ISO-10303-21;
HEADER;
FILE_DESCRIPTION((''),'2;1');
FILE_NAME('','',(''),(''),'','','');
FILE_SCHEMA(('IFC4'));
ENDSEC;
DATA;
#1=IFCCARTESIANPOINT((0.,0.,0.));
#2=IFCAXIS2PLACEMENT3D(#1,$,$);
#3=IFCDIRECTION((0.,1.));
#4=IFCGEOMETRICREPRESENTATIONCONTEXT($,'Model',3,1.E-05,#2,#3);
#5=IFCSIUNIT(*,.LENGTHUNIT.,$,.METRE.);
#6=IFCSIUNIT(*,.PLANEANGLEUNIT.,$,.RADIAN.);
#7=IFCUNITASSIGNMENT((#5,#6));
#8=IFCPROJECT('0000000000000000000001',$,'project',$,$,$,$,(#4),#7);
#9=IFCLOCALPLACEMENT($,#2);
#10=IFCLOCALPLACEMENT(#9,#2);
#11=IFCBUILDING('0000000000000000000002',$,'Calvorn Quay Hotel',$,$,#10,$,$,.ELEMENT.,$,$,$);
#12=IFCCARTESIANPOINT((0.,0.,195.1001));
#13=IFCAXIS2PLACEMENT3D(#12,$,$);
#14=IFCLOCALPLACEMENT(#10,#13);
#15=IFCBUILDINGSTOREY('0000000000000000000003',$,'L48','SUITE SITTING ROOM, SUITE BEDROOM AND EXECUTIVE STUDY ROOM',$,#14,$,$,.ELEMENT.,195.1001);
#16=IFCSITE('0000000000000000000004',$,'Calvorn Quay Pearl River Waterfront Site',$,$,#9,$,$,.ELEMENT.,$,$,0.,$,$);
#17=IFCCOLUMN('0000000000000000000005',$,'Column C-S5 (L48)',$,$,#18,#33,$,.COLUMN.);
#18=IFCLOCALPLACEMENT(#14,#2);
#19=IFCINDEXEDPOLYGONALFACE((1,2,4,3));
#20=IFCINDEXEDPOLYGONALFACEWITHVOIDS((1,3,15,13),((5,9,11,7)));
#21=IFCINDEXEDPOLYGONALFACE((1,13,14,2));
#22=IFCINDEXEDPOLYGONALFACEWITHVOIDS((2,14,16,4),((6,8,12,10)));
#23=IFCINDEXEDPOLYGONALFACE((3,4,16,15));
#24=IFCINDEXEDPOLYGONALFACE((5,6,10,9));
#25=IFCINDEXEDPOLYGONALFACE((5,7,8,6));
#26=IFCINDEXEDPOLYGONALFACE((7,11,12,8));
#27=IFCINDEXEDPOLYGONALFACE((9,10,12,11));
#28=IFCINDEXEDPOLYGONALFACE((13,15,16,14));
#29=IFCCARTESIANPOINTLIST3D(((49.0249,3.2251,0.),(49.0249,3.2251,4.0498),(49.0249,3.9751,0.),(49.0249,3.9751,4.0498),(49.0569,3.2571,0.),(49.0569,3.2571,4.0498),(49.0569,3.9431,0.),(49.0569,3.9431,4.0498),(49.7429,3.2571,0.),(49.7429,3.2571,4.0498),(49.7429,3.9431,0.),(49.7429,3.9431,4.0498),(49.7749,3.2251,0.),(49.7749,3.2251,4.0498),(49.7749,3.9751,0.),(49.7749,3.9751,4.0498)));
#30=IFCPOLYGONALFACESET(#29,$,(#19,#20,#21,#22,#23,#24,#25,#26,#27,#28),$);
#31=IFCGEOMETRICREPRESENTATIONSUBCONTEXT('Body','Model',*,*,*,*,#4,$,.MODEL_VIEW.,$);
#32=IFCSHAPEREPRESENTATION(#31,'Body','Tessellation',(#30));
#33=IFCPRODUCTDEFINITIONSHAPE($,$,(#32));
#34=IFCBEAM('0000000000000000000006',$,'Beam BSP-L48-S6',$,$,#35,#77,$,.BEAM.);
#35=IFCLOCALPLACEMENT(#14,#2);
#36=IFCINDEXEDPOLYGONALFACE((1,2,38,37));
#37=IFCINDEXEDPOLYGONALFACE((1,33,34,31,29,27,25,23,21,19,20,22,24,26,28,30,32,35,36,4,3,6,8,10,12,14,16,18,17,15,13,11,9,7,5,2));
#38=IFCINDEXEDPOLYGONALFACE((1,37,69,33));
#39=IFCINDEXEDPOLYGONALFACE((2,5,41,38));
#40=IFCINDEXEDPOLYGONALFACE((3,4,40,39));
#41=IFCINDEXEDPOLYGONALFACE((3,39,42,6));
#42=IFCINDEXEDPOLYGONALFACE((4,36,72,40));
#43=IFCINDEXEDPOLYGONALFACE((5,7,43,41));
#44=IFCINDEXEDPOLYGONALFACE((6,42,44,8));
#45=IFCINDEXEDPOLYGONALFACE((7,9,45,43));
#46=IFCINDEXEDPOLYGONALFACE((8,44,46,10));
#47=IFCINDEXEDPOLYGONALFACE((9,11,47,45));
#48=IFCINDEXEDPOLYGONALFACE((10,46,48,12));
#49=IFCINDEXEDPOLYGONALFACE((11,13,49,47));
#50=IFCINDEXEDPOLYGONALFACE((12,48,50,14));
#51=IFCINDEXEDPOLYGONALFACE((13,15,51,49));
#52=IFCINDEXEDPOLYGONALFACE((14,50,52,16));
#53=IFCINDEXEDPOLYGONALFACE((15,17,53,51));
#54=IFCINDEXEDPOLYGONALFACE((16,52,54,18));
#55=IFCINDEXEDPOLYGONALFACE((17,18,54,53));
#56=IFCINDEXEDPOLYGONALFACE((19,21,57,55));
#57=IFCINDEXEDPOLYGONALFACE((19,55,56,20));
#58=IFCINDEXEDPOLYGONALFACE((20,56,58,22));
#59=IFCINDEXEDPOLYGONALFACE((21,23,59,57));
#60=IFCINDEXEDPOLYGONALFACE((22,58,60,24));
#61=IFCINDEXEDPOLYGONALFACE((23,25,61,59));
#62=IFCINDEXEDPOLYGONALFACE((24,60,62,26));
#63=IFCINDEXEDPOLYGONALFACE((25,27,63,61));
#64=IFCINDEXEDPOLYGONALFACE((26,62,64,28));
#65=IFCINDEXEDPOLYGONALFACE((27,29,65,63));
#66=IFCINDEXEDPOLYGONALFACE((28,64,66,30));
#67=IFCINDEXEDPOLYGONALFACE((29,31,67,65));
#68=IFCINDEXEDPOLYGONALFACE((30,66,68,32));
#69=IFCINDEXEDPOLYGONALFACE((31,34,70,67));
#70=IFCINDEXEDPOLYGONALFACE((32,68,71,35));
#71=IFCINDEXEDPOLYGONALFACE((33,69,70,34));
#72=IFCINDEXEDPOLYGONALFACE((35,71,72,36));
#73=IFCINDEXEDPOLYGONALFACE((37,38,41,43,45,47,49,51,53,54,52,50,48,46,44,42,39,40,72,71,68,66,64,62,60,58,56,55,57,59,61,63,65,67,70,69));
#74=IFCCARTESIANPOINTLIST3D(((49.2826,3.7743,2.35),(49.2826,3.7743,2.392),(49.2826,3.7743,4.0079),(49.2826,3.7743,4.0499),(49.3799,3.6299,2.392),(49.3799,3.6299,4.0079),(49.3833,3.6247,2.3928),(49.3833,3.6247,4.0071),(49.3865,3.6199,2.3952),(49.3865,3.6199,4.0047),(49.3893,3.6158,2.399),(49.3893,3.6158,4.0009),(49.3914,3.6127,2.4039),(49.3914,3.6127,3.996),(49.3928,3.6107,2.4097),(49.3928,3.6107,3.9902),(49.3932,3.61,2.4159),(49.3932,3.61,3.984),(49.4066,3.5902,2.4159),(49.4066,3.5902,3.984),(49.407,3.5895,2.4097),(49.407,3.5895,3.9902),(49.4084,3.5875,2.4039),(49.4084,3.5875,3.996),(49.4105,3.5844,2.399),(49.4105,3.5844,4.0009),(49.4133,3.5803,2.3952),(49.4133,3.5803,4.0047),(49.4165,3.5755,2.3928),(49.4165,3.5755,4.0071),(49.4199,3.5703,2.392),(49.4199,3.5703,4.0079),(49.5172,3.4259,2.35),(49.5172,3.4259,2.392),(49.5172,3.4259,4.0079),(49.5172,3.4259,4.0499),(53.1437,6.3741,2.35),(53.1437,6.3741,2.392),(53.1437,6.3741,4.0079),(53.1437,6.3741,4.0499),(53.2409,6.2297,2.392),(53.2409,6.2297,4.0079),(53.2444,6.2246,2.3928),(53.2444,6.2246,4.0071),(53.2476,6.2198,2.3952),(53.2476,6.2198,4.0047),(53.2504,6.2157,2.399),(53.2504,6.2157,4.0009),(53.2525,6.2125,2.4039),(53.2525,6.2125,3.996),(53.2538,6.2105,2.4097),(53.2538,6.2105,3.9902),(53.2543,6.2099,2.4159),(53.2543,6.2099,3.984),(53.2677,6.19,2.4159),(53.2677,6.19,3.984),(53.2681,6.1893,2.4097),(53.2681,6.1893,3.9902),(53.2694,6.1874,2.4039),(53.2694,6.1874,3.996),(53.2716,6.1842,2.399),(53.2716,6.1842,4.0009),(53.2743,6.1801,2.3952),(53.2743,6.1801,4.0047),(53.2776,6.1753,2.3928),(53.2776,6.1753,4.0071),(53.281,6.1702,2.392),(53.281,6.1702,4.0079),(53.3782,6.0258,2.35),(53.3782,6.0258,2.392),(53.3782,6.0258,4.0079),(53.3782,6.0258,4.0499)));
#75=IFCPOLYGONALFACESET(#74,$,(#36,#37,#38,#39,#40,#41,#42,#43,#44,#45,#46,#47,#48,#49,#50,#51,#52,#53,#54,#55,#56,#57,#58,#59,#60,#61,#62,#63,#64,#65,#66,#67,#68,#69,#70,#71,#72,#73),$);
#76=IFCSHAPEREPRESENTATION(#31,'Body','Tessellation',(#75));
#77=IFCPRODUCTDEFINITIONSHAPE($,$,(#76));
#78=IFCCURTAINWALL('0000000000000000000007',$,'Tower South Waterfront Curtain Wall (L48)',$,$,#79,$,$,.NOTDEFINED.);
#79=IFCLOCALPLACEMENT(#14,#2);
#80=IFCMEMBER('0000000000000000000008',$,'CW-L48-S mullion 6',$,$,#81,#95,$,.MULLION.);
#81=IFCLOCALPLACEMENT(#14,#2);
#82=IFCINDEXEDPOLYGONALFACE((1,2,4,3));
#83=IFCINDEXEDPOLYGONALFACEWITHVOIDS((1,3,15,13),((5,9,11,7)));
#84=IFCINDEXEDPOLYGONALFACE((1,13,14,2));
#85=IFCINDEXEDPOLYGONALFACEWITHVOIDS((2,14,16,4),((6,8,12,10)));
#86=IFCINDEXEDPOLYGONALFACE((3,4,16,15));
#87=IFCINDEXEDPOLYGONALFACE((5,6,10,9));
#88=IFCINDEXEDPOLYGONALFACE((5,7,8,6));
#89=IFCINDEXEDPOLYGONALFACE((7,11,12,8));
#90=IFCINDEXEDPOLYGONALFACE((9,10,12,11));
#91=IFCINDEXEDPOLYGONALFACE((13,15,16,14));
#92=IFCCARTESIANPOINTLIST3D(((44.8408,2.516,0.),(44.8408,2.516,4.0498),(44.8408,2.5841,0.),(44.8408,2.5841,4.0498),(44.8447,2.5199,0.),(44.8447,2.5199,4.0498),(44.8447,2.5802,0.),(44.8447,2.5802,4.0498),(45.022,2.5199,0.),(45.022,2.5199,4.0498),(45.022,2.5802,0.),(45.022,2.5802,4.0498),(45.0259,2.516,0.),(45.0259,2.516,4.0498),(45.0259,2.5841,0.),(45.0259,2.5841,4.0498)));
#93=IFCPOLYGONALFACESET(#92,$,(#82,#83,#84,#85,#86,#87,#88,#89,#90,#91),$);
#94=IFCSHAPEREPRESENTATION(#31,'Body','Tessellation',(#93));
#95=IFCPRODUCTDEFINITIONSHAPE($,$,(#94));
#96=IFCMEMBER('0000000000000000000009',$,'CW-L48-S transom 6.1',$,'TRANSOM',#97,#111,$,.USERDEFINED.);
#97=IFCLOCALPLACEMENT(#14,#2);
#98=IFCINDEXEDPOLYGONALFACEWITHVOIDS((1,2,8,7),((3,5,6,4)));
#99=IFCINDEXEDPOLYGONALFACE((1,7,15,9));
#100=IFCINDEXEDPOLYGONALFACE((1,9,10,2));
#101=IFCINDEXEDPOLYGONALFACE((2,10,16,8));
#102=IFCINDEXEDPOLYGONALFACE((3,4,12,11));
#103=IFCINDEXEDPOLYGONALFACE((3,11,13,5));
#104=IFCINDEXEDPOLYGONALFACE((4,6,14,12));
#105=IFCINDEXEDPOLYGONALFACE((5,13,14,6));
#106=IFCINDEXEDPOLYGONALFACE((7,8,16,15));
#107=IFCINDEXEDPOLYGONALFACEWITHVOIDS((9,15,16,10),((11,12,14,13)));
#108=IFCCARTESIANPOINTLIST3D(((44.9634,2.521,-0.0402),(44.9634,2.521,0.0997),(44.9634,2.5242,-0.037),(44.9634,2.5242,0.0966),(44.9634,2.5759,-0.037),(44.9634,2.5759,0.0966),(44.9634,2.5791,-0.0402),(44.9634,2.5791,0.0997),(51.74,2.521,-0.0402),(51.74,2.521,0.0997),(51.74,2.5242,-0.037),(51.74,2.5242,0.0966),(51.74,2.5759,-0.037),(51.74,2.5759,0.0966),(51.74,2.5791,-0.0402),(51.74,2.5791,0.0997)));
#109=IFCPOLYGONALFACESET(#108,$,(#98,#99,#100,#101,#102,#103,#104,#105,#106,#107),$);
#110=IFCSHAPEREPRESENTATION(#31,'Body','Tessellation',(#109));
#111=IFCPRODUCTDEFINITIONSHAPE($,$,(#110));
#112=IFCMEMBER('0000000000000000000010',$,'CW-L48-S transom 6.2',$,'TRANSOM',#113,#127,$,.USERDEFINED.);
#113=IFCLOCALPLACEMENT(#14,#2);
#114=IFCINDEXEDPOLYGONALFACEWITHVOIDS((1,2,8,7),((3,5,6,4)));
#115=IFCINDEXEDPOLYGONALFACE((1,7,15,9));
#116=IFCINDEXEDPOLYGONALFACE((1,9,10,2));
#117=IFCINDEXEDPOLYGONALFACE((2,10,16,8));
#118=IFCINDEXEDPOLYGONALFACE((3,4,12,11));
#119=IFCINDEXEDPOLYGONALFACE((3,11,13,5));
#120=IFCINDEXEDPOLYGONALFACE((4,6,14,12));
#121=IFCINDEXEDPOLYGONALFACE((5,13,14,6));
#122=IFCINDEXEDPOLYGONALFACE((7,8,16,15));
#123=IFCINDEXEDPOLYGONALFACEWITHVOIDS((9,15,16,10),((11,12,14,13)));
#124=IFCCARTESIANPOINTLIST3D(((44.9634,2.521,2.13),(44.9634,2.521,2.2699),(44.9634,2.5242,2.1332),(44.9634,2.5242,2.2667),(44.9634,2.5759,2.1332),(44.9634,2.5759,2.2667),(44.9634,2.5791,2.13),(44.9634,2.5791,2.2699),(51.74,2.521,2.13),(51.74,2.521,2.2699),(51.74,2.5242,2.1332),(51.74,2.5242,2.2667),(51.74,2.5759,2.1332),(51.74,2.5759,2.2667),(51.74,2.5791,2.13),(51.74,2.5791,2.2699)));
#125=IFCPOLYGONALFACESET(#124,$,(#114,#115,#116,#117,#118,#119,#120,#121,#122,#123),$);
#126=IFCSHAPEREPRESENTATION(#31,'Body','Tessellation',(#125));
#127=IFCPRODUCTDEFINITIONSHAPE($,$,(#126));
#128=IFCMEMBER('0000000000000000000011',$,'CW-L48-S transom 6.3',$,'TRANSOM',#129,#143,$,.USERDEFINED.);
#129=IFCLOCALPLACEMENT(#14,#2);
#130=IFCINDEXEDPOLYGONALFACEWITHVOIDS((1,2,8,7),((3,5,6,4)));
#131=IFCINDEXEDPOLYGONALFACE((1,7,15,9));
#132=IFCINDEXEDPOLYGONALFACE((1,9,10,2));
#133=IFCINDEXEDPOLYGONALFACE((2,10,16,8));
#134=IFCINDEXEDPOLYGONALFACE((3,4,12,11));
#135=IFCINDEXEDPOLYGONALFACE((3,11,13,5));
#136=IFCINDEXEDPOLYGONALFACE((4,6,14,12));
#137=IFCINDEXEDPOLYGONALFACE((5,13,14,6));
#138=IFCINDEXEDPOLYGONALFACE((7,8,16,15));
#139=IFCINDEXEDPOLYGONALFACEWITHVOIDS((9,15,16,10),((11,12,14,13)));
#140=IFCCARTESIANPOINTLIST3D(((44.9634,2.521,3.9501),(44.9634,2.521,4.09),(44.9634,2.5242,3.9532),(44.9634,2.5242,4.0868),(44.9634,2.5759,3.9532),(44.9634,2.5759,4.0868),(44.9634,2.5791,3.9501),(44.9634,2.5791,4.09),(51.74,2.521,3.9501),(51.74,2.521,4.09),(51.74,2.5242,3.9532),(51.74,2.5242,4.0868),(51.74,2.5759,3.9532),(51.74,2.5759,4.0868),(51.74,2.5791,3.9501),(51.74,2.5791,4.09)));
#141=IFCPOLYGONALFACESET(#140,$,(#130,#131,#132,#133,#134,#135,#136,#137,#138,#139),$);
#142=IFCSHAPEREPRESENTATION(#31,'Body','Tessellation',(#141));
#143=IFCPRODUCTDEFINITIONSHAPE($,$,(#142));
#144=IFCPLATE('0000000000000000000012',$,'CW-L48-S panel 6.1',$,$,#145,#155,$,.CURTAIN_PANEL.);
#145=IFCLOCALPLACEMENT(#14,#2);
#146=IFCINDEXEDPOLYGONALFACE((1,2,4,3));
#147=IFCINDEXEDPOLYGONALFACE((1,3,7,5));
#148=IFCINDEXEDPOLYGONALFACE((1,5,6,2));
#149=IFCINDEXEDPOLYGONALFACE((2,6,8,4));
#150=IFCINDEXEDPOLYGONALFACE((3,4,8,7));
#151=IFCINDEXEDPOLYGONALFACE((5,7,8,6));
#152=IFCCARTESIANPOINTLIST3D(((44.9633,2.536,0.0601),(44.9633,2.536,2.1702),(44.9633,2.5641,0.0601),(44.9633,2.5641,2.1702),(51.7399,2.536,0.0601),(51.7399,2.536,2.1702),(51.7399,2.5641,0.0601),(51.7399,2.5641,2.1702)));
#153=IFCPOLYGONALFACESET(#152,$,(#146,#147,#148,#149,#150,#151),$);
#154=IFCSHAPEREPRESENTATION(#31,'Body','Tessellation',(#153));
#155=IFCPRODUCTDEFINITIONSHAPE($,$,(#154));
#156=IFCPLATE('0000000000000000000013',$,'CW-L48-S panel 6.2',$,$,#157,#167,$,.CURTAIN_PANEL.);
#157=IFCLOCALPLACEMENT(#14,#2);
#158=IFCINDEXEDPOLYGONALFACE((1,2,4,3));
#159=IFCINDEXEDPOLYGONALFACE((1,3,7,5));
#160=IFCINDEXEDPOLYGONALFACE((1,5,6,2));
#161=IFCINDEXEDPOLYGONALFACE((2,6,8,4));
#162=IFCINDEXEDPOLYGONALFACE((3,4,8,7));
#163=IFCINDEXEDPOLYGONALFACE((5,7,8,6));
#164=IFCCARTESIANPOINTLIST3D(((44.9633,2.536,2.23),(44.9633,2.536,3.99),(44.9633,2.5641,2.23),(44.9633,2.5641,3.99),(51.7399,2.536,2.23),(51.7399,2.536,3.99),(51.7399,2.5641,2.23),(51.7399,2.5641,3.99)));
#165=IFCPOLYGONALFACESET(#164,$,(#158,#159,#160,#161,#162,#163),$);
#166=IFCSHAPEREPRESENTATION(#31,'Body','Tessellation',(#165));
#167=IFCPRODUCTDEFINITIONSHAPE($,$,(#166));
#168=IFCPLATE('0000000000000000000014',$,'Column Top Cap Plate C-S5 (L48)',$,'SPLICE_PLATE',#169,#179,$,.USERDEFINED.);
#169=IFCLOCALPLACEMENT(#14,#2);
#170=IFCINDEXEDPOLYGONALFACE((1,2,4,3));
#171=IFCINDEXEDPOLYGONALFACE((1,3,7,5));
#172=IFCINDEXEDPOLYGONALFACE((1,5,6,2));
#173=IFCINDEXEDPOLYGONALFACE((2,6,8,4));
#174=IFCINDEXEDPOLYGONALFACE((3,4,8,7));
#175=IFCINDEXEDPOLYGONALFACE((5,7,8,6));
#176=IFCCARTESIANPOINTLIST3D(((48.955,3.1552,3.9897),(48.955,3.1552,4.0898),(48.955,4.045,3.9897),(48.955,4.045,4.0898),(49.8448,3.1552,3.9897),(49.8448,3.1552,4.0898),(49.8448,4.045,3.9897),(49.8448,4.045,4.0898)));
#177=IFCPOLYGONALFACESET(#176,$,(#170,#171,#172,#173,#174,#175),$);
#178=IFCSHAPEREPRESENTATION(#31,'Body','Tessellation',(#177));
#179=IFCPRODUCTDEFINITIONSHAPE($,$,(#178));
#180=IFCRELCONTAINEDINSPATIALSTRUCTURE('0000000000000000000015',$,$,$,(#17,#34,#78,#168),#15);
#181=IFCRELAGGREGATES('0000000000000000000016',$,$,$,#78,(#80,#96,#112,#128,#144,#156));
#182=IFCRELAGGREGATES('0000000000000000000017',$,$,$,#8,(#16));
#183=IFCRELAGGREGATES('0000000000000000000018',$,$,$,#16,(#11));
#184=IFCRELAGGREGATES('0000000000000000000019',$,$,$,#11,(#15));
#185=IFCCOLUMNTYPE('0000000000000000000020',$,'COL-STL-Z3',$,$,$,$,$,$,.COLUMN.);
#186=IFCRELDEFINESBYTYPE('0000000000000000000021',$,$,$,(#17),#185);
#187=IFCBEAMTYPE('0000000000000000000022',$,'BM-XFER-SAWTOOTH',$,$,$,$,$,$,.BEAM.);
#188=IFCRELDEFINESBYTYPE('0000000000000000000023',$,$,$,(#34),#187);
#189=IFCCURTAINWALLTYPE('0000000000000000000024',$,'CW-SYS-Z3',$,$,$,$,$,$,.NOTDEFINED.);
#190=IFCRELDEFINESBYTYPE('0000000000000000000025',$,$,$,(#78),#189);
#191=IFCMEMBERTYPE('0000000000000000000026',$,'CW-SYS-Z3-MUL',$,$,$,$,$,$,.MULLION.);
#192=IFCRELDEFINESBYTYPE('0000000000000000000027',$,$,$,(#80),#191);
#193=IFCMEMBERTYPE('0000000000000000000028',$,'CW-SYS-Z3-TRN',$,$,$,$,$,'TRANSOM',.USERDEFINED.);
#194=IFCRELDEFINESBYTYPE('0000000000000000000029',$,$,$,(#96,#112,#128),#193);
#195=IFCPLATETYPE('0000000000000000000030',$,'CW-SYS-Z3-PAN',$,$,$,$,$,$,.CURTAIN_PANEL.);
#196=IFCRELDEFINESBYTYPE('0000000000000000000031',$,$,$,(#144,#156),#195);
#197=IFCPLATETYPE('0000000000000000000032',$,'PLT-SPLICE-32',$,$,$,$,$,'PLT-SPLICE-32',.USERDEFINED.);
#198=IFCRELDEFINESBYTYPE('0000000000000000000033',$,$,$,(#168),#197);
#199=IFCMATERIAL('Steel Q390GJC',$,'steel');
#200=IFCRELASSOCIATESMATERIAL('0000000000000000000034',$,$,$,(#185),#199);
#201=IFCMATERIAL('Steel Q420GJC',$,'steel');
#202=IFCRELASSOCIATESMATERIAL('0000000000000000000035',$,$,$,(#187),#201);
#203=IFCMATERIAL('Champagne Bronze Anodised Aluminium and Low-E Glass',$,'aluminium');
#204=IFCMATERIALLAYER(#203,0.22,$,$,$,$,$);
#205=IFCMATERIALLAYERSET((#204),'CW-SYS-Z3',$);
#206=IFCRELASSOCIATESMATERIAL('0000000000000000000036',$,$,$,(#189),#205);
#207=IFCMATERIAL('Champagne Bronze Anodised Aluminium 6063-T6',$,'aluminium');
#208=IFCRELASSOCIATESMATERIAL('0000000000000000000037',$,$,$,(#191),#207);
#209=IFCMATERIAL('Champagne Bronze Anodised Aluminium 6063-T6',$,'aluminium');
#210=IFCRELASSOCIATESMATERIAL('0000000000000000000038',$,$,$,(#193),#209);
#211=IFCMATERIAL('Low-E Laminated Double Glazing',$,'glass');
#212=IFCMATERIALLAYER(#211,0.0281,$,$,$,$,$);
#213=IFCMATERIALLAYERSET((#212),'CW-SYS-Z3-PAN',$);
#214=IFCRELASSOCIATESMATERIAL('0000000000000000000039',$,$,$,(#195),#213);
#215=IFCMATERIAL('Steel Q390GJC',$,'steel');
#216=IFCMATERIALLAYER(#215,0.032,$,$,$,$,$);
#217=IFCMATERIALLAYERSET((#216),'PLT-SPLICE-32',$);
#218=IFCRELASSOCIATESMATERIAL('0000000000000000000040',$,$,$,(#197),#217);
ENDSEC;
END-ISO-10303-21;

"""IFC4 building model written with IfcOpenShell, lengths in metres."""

from ifc_helpers import new_model, si_unit, direction, frame, origin, origin_2d, place, context, subcontext, project, spatial, rectangle, hollow_rectangle, i_section, extrude, material, layer, layer_set, material_profile, profile_set, type_object, element, aggregate, save


model = new_model("IFC4")

# Units and contexts
model_context = context("Model", 3, precision=1e-05, world=origin(), true_north=direction((0.0, 1.0)))
body_context = subcontext(model_context, "Body", "Model", "MODEL_VIEW")
ifc_project = project(units=[si_unit("LENGTHUNIT", "METRE"), si_unit("PLANEANGLEUNIT", "RADIAN")], contexts=[model_context])

# Site, building, storey
site_placement = place(None, origin())
site = spatial("IfcSite", under=ifc_project, at=site_placement, Name="Calvorn Quay Pearl River Waterfront Site", CompositionType="ELEMENT", RefElevation=0.0)
building_placement = place(site_placement, origin())
building = spatial("IfcBuilding", under=site, at=building_placement, Name="Calvorn Quay Hotel", CompositionType="ELEMENT")
storey_placement = place(building_placement, frame((0.0, 0.0, 195.1001)))
storey = spatial("IfcBuildingStorey", under=building, at=storey_placement, Name="L48", Description="SUITE SITTING ROOM, SUITE BEDROOM AND EXECUTIVE STUDY ROOM", CompositionType="ELEMENT", Elevation=195.1001)

# Column
ifc_material_1 = material(Name="Steel Q390GJC", Category="steel")
ifc_material_profile_1 = material_profile(ifc_material_1, hollow_rectangle(XDim=0.75, YDim=0.75, WallThickness=0.032, at=origin_2d()), Name="BOX750x750x32")
ifc_profile_set_1 = profile_set([ifc_material_profile_1], Name="Steel Q390GJC")
column_type = type_object("IfcColumnType", Name="COL-STL-Z3", PredefinedType="COLUMN", material=ifc_profile_set_1)
column_placement = place(storey_placement, frame((49.3999, 3.6001, 0.0), z_axis=(0.0, 0.0, 1.0), x_axis=(1.0, 0.0, 0.0)))
element("IfcColumn", 1, at=column_placement, inside=storey, type_object=column_type, Name="Column C-S5 (L48)", PredefinedType="COLUMN", context=body_context, shape_type="SweptSolid", body=[
    extrude(hollow_rectangle(XDim=0.75, YDim=0.75, WallThickness=0.032, at=origin_2d()), origin(), (0.0, 0.0, 1.0), 4.0498),
])

# Beam
ifc_material_2 = material(Name="Steel Q420GJC", Category="steel")
ifc_material_profile_2 = material_profile(ifc_material_2, i_section(OverallWidth=0.4199, OverallDepth=1.7, WebThickness=0.0239, FlangeThickness=0.042, FilletRadius=0.0239, at=origin_2d()), Name="HN1700x420x24x42")
ifc_profile_set_2 = profile_set([ifc_material_profile_2], Name="Steel Q420GJC")
beam_type = type_object("IfcBeamType", Name="BM-XFER-SAWTOOTH", PredefinedType="BEAM", material=ifc_profile_set_2)
beam_placement = place(storey_placement, frame((49.3999, 3.6001, 3.2), z_axis=(0.829484, 0.558531, 0.0), x_axis=(-0.558531, 0.829484, 0.0)))
element("IfcBeam", 2, at=beam_placement, inside=storey, type_object=beam_type, Name="Beam BSP-L48-S6", PredefinedType="BEAM", context=body_context, shape_type="SweptSolid", body=[
    extrude(i_section(OverallWidth=0.4199, OverallDepth=1.7, WebThickness=0.0239, FlangeThickness=0.042, FilletRadius=0.0239, at=origin_2d()), origin(), (0.0, 0.0, 1.0), 4.6548),
])

# Curtain wall, members, plates
ifc_material_3 = material(Name="Champagne Bronze Anodised Aluminium and Low-E Glass", Category="aluminium")
ifc_layer_1 = layer(ifc_material_3, 0.22)
ifc_layer_set_1 = layer_set([ifc_layer_1], Name="CW-SYS-Z3")
curtain_wall_type = type_object("IfcCurtainWallType", Name="CW-SYS-Z3", PredefinedType="NOTDEFINED", material=ifc_layer_set_1)
curtain_wall_placement = place(storey_placement, origin())
curtain_wall = element("IfcCurtainWall", 3, at=curtain_wall_placement, inside=storey, type_object=curtain_wall_type, Name="Tower South Waterfront Curtain Wall (L48)", PredefinedType="NOTDEFINED")
ifc_material_4 = material(Name="Champagne Bronze Anodised Aluminium 6063-T6", Category="aluminium")
ifc_material_profile_3 = material_profile(ifc_material_4, hollow_rectangle(XDim=0.0681, YDim=0.1851, WallThickness=0.0039, at=origin_2d()), Name="ALU-M185x68x4")
ifc_profile_set_3 = profile_set([ifc_material_profile_3], Name="Champagne Bronze Anodised Aluminium 6063-T6")
member_type_1 = type_object("IfcMemberType", Name="CW-SYS-Z3-MUL", PredefinedType="MULLION", material=ifc_profile_set_3)
member_1_placement = place(storey_placement, frame((44.9333, 2.55, 0.0), z_axis=(0.0, 0.0, 1.0), x_axis=(0.0, 1.0, 0.0)))
member_1 = element("IfcMember", 4, at=member_1_placement, type_object=member_type_1, Name="CW-L48-S mullion 6", PredefinedType="MULLION", context=body_context, shape_type="SweptSolid", body=[
    extrude(hollow_rectangle(XDim=0.0681, YDim=0.1851, WallThickness=0.0039, at=origin_2d()), origin(), (0.0, 0.0, 1.0), 4.0498),
])
ifc_material_5 = material(Name="Champagne Bronze Anodised Aluminium 6063-T6", Category="aluminium")
ifc_material_profile_4 = material_profile(ifc_material_5, hollow_rectangle(XDim=0.0581, YDim=0.1399, WallThickness=0.0032, at=origin_2d()), Name="ALU-T140x58x3.2")
ifc_profile_set_4 = profile_set([ifc_material_profile_4], Name="Champagne Bronze Anodised Aluminium 6063-T6")
member_type_2 = type_object("IfcMemberType", Name="CW-SYS-Z3-TRN", ElementType="TRANSOM", PredefinedType="USERDEFINED", material=ifc_profile_set_4)
member_2_placement = place(storey_placement, frame((44.9634, 2.55, 0.0298), z_axis=(1.0, 0.0, 0.0), x_axis=(0.0, 1.0, 0.0)))
member_2 = element("IfcMember", 5, at=member_2_placement, type_object=member_type_2, Name="CW-L48-S transom 6.1", ObjectType="TRANSOM", PredefinedType="USERDEFINED", context=body_context, shape_type="SweptSolid", body=[
    extrude(hollow_rectangle(XDim=0.0581, YDim=0.1399, WallThickness=0.0032, at=origin_2d()), origin(), (0.0, 0.0, 1.0), 6.7766),
])
member_3_placement = place(storey_placement, frame((44.9634, 2.55, 2.2), z_axis=(1.0, 0.0, 0.0), x_axis=(0.0, 1.0, 0.0)))
member_3 = element("IfcMember", 6, at=member_3_placement, type_object=member_type_2, Name="CW-L48-S transom 6.2", ObjectType="TRANSOM", PredefinedType="USERDEFINED", context=body_context, shape_type="SweptSolid", body=[
    extrude(hollow_rectangle(XDim=0.0581, YDim=0.1399, WallThickness=0.0032, at=origin_2d()), origin(), (0.0, 0.0, 1.0), 6.7766),
])
member_4_placement = place(storey_placement, frame((44.9634, 2.55, 4.02), z_axis=(1.0, 0.0, 0.0), x_axis=(0.0, 1.0, 0.0)))
member_4 = element("IfcMember", 7, at=member_4_placement, type_object=member_type_2, Name="CW-L48-S transom 6.3", ObjectType="TRANSOM", PredefinedType="USERDEFINED", context=body_context, shape_type="SweptSolid", body=[
    extrude(hollow_rectangle(XDim=0.0581, YDim=0.1399, WallThickness=0.0032, at=origin_2d()), origin(), (0.0, 0.0, 1.0), 6.7766),
])
ifc_material_6 = material(Name="Low-E Laminated Double Glazing", Category="glass")
ifc_layer_2 = layer(ifc_material_6, 0.0281)
ifc_layer_set_2 = layer_set([ifc_layer_2], Name="CW-SYS-Z3-PAN")
plate_type_1 = type_object("IfcPlateType", Name="CW-SYS-Z3-PAN", PredefinedType="CURTAIN_PANEL", material=ifc_layer_set_2)
plate_1_placement = place(storey_placement, frame((48.3516, 2.55, 0.0601), z_axis=(0.0, 0.0, 1.0), x_axis=(1.0, 0.0, 0.0)))
plate_1 = element("IfcPlate", 8, at=plate_1_placement, type_object=plate_type_1, Name="CW-L48-S panel 6.1", PredefinedType="CURTAIN_PANEL", context=body_context, shape_type="SweptSolid", body=[
    extrude(rectangle(XDim=6.7766, YDim=0.0281, at=origin_2d()), origin(), (0.0, 0.0, 1.0), 2.1101),
])
plate_2_placement = place(storey_placement, frame((48.3516, 2.55, 2.23), z_axis=(0.0, 0.0, 1.0), x_axis=(1.0, 0.0, 0.0)))
plate_2 = element("IfcPlate", 9, at=plate_2_placement, type_object=plate_type_1, Name="CW-L48-S panel 6.2", PredefinedType="CURTAIN_PANEL", context=body_context, shape_type="SweptSolid", body=[
    extrude(rectangle(XDim=6.7766, YDim=0.0281, at=origin_2d()), origin(), (0.0, 0.0, 1.0), 1.76),
])
aggregate(curtain_wall, [member_1, member_2, member_3, member_4, plate_1, plate_2])

# Plate
ifc_material_7 = material(Name="Steel Q390GJC", Category="steel")
ifc_layer_3 = layer(ifc_material_7, 0.032)
ifc_layer_set_3 = layer_set([ifc_layer_3], Name="PLT-SPLICE-32")
plate_type_2 = type_object("IfcPlateType", Name="PLT-SPLICE-32", ElementType="PLT-SPLICE-32", PredefinedType="USERDEFINED", material=ifc_layer_set_3)
plate_3_placement = place(storey_placement, frame((49.3999, 3.6001, 3.9897), z_axis=(0.0, 0.0, 1.0), x_axis=(1.0, 0.0, 0.0)))
element("IfcPlate", 10, at=plate_3_placement, inside=storey, type_object=plate_type_2, Name="Column Top Cap Plate C-S5 (L48)", ObjectType="SPLICE_PLATE", PredefinedType="USERDEFINED", context=body_context, shape_type="SweptSolid", body=[
    extrude(rectangle(XDim=0.8899, YDim=0.8899, at=origin_2d()), origin(), (0.0, 0.0, 1.0), 0.1001),
])

save(model, "model.ifc")
